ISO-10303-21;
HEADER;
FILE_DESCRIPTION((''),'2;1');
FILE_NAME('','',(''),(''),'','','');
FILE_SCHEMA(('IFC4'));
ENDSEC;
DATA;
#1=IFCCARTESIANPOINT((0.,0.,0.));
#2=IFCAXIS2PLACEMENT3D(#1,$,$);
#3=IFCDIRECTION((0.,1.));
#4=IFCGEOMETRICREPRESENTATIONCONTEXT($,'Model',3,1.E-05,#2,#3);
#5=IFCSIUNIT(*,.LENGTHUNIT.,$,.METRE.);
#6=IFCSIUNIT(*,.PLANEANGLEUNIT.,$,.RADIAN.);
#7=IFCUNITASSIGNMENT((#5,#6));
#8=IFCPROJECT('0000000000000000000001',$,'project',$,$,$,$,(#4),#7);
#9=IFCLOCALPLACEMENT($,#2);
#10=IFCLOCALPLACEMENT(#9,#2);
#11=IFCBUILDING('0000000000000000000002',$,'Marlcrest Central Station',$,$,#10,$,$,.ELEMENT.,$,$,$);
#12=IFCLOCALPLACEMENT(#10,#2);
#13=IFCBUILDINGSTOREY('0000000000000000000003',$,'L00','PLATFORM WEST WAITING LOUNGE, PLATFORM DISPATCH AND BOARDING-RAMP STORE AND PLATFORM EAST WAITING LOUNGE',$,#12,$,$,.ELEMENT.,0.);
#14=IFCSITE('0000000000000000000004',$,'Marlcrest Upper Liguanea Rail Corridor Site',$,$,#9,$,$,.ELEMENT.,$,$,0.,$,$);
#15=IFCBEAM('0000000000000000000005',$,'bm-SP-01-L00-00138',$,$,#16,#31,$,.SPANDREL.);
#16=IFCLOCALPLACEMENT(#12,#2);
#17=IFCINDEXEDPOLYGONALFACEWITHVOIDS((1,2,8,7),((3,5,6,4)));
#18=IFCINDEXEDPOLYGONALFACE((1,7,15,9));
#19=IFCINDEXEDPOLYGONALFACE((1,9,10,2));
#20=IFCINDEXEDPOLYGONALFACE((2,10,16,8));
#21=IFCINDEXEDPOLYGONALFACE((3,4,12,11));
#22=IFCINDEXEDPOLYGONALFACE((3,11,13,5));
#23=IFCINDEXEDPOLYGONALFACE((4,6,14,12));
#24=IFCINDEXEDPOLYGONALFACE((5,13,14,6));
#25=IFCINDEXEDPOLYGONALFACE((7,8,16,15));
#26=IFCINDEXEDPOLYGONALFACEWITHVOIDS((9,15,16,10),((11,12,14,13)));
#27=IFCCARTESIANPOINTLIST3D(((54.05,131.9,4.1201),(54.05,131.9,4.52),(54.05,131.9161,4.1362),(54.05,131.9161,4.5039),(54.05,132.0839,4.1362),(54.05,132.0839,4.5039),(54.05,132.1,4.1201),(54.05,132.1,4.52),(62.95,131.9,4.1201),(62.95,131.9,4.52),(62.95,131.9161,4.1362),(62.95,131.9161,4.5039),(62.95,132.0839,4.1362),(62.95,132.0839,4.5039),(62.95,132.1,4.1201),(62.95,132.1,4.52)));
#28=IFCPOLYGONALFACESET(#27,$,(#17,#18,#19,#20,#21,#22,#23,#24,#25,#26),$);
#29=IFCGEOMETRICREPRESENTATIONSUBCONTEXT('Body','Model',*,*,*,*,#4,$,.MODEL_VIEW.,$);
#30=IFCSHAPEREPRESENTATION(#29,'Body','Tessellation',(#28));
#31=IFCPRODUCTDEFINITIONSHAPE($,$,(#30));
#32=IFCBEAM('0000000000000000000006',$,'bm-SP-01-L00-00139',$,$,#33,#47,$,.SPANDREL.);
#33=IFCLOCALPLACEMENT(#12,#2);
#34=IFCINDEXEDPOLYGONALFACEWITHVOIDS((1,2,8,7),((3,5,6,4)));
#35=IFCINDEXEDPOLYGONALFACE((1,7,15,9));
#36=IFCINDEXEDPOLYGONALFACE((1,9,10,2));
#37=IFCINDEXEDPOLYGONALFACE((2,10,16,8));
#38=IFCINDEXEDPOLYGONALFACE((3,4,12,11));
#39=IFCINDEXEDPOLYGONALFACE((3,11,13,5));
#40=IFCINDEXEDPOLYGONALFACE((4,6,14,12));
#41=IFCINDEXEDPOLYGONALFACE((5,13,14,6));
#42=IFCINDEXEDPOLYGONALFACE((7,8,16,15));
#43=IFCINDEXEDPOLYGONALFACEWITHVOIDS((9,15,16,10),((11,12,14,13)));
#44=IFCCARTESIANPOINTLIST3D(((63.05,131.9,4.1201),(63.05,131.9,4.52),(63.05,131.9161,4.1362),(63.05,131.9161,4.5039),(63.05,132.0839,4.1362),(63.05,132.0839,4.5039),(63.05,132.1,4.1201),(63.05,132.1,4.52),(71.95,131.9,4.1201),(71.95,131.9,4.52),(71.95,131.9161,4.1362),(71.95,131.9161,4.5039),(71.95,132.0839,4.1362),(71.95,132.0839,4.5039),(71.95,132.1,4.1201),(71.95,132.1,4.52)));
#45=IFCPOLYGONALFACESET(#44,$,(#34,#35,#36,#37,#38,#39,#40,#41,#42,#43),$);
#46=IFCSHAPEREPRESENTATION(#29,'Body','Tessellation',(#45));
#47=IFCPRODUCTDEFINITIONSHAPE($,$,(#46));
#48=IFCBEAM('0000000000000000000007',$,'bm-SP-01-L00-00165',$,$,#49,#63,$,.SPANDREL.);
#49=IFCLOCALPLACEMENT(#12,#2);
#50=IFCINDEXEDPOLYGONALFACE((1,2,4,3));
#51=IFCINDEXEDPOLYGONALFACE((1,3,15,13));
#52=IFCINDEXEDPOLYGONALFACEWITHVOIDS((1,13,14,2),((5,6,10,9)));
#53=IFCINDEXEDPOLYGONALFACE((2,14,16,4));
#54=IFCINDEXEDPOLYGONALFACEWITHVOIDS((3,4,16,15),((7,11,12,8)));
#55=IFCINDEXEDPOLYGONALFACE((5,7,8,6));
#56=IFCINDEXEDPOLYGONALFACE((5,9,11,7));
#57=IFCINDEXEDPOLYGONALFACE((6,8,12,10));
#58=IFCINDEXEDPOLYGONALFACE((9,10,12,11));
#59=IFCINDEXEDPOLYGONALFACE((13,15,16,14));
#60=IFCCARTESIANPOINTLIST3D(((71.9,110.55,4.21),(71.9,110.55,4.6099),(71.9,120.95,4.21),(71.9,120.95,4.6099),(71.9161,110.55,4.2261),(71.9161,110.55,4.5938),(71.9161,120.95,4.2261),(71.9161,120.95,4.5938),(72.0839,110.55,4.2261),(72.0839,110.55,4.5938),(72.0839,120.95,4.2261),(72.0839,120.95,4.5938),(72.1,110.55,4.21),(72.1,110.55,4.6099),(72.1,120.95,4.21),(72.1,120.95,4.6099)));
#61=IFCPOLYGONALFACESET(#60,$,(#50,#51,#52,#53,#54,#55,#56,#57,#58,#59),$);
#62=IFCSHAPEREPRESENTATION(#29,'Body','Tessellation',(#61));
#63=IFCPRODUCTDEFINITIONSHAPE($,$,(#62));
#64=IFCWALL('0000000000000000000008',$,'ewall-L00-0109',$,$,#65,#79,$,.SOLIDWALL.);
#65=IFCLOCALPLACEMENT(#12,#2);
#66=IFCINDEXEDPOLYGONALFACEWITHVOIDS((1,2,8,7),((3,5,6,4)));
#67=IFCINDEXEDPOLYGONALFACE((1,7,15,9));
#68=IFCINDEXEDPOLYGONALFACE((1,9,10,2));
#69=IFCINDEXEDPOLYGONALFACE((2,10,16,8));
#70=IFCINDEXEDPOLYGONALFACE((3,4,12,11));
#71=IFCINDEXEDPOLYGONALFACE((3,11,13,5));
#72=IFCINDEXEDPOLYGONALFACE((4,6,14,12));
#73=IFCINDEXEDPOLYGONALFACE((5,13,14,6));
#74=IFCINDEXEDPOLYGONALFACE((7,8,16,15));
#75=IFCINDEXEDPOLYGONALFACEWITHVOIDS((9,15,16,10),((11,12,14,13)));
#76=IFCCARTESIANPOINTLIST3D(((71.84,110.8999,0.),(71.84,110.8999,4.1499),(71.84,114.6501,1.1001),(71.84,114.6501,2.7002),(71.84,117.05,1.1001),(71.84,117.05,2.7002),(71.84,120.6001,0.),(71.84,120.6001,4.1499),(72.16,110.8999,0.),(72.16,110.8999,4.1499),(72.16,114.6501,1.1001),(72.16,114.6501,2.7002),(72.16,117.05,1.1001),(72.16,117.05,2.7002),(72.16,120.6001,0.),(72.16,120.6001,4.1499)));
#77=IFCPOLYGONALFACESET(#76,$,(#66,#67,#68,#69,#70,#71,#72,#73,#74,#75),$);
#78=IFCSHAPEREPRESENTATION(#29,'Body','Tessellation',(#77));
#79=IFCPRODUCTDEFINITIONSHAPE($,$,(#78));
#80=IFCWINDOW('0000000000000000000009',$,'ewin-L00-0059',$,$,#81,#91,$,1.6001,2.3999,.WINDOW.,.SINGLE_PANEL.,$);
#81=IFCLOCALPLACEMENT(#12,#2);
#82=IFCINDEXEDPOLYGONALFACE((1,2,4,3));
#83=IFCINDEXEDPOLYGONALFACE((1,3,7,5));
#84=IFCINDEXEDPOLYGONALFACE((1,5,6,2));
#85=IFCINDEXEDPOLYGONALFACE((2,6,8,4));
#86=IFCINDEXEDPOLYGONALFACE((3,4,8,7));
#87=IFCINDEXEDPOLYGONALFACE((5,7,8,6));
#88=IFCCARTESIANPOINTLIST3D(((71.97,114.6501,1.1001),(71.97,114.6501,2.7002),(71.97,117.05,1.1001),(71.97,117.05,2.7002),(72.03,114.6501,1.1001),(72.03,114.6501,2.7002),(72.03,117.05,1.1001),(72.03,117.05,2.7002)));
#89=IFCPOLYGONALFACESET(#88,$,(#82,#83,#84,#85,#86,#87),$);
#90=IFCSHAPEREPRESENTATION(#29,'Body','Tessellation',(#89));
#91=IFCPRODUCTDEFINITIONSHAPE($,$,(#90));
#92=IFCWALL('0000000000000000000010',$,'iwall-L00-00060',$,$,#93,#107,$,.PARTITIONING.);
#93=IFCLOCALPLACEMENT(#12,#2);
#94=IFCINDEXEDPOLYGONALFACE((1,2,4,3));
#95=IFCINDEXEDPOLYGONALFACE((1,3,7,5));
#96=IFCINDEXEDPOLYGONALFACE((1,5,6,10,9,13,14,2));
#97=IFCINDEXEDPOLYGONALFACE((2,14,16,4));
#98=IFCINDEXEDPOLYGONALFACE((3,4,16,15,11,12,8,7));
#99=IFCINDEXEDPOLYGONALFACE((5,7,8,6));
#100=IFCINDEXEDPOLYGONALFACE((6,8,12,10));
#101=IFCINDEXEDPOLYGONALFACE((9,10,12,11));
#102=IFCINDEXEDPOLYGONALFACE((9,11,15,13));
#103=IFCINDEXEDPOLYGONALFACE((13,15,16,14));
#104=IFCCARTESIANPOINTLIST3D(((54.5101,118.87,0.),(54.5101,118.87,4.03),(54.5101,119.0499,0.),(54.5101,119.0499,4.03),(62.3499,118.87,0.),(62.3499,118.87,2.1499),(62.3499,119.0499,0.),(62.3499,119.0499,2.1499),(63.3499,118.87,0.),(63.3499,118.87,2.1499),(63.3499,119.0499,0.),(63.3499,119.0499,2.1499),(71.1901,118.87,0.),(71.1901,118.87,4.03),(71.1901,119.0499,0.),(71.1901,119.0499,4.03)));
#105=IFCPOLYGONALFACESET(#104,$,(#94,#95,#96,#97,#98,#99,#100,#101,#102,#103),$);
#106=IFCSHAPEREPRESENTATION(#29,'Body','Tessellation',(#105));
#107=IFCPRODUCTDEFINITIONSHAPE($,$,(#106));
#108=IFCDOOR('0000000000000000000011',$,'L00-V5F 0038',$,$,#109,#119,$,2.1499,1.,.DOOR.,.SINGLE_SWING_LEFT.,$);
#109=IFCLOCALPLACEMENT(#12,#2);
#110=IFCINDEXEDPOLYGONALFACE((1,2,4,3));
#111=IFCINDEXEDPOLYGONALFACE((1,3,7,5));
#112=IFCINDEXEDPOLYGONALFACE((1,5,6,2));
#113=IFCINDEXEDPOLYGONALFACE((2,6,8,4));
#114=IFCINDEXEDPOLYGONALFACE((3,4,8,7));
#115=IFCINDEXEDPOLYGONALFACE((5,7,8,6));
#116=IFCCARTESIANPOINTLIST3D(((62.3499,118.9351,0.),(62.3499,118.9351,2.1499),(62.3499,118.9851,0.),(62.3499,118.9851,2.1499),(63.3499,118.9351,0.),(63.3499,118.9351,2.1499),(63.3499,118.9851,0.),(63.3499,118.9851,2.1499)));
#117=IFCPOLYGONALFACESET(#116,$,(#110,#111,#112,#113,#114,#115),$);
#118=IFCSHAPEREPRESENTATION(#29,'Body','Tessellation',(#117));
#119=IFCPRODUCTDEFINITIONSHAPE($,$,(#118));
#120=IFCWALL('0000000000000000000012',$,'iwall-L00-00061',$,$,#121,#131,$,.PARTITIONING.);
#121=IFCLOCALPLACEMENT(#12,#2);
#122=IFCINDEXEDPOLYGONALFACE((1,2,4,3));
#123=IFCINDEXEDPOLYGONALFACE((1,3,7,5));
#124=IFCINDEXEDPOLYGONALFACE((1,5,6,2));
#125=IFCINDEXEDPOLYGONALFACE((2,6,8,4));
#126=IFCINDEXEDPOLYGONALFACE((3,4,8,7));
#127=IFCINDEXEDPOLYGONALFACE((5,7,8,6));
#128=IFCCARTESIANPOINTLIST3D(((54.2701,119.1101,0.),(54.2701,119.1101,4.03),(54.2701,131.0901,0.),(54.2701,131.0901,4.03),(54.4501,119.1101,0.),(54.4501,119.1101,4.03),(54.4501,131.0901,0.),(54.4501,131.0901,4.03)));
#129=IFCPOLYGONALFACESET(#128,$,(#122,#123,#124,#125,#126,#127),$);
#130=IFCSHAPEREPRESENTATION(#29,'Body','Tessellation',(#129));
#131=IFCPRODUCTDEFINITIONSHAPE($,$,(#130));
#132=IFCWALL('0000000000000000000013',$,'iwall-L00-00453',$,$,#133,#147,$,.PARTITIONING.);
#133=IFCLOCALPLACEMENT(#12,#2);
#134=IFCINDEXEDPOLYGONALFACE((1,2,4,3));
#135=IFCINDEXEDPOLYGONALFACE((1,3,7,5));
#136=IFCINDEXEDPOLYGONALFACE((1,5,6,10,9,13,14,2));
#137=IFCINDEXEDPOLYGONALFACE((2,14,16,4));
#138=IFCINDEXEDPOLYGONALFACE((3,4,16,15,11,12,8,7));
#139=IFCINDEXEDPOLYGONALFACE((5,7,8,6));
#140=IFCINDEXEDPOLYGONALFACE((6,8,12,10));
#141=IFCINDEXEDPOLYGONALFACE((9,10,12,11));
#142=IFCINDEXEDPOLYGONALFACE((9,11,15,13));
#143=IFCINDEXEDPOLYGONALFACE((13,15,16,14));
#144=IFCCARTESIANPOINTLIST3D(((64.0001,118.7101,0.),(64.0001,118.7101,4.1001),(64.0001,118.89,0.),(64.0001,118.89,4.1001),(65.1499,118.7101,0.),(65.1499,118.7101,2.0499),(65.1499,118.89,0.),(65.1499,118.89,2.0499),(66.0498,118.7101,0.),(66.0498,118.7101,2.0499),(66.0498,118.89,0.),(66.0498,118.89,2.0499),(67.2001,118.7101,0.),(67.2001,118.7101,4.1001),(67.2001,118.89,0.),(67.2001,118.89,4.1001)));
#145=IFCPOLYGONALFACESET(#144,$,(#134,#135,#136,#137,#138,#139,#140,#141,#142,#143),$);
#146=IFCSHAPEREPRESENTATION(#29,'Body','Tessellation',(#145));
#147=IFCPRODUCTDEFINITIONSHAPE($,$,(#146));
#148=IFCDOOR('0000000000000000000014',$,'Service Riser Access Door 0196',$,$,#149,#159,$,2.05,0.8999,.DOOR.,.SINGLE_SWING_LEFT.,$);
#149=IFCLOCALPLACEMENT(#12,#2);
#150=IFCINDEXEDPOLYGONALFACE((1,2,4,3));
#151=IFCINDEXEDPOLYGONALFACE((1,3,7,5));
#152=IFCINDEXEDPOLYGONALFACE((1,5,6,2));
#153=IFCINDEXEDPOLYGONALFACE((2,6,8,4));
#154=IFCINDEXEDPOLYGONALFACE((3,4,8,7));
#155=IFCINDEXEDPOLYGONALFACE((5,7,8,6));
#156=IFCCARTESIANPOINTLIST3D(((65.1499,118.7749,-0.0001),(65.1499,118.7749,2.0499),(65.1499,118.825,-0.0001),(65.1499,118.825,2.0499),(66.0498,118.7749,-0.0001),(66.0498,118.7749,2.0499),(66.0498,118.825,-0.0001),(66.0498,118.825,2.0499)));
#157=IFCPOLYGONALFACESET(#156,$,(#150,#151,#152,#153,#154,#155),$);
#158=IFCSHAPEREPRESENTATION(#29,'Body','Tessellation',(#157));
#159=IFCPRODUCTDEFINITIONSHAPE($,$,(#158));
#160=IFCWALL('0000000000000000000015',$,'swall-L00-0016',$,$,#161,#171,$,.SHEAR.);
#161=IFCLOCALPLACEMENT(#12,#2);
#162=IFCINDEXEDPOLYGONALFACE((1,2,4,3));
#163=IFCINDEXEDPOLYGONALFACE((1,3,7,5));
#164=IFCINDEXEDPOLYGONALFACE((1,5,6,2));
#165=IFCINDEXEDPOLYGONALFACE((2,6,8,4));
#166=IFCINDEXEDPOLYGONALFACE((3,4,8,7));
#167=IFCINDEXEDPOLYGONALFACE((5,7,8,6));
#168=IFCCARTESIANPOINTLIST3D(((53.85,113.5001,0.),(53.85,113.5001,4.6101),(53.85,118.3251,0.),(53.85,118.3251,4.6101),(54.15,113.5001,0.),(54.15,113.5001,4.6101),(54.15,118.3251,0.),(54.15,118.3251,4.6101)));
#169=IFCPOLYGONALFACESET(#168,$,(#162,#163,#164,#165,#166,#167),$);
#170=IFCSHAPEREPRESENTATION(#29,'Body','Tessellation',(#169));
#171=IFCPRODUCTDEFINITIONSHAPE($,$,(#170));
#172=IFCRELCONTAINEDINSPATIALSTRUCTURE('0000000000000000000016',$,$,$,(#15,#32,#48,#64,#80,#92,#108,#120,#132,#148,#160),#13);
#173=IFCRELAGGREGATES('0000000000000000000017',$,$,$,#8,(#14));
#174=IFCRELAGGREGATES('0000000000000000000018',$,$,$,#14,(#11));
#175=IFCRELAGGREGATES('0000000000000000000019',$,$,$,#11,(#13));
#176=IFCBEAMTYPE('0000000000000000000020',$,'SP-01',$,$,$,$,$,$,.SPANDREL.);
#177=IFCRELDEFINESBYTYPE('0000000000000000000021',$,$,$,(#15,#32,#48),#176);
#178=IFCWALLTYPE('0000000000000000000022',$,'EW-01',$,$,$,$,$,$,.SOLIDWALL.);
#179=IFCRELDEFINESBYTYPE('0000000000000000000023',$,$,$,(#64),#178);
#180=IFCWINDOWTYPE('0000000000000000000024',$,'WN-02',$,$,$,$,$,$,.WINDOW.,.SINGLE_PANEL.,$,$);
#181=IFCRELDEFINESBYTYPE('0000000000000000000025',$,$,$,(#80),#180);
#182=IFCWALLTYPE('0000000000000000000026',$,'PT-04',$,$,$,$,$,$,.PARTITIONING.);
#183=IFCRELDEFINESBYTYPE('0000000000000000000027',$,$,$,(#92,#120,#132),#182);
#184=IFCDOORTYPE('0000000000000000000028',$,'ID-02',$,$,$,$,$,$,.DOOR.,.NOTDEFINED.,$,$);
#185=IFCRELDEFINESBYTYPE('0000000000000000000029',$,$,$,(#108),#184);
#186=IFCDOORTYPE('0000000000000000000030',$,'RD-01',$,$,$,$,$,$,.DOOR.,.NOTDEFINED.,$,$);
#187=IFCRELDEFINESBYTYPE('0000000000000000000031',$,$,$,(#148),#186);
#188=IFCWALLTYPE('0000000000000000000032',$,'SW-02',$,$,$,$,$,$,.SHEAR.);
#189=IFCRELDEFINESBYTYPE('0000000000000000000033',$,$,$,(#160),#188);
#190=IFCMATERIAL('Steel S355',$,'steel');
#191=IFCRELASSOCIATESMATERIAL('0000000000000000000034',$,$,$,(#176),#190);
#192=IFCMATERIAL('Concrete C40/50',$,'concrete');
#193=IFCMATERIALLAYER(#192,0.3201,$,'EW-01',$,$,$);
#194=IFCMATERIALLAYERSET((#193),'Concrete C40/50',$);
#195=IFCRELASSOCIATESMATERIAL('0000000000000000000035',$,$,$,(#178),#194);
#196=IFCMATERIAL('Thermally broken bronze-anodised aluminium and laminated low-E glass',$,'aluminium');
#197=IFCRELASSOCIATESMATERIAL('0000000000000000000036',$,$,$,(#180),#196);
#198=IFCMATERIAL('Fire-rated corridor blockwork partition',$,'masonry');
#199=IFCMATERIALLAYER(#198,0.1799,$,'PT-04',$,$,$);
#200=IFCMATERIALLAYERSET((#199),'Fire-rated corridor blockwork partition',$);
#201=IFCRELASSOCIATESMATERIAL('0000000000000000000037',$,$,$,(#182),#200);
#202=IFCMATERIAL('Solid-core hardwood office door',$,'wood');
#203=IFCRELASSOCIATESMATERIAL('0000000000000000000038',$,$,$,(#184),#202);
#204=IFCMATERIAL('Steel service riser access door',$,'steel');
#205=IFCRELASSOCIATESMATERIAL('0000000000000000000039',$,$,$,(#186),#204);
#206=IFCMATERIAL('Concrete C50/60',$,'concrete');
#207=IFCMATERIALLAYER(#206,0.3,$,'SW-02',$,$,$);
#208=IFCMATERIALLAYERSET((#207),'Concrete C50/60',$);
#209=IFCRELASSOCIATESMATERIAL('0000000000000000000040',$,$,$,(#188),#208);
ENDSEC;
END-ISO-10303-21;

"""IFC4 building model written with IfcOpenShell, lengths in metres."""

from ifc_helpers import new_model, si_unit, direction, frame, frame_2d, origin, origin_2d, place, context, subcontext, project, spatial, rectangle, hollow_rectangle, extrude, material, layer, layer_set, material_profile, profile_set, type_object, element, fill, save


model = new_model("IFC4")

# Units and contexts
model_context = context("Model", 3, precision=1e-05, world=origin(), true_north=direction((0.0, 1.0)))
body_context = subcontext(model_context, "Body", "Model", "MODEL_VIEW")
ifc_project = project(units=[si_unit("LENGTHUNIT", "METRE"), si_unit("PLANEANGLEUNIT", "RADIAN")], contexts=[model_context])

# Site, building, storey
site_placement = place(None, origin())
site = spatial("IfcSite", under=ifc_project, at=site_placement, Name="Marlcrest Upper Liguanea Rail Corridor Site", CompositionType="ELEMENT", RefElevation=0.0)
building_placement = place(site_placement, origin())
building = spatial("IfcBuilding", under=site, at=building_placement, Name="Marlcrest Central Station", CompositionType="ELEMENT")
storey_placement = place(building_placement, origin())
storey = spatial("IfcBuildingStorey", under=building, at=storey_placement, Name="L00", Description="PLATFORM WEST WAITING LOUNGE, PLATFORM DISPATCH AND BOARDING-RAMP STORE AND PLATFORM EAST WAITING LOUNGE", CompositionType="ELEMENT", Elevation=0.0)

# Shared definitions
ifc_material_1 = material(Name="Concrete C40/50", Category="concrete")

# Shared definitions
ifc_material_2 = material(Name="Concrete C50/60", Category="concrete")
ifc_material_3 = material(Name="Steel S355", Category="steel")

# Beams
ifc_material_profile_1 = material_profile(ifc_material_3, hollow_rectangle(XDim=0.2, YDim=0.3999, WallThickness=0.0161, at=origin_2d()), Name="RHS 400x200x16")
ifc_profile_set_1 = profile_set([ifc_material_profile_1], Name="Steel S355")
beam_type_1 = type_object("IfcBeamType", Name="SP-01", PredefinedType="SPANDREL", material=ifc_profile_set_1)
for number, where, z_axis, x_axis, name in (
    (1, (54.05, 132.0, 4.3201), (1.0, 0.0, 0.0), (0.0, 1.0, 0.0), "bm-SP-01-L00-00138"),
    (2, (63.05, 132.0, 4.3201), (1.0, 0.0, 0.0), (0.0, 1.0, 0.0), "bm-SP-01-L00-00139"),
):
    element("IfcBeam", number, at=place(storey_placement, frame(where, z_axis=z_axis, x_axis=x_axis)), inside=storey, type_object=beam_type_1, Name=name, PredefinedType="SPANDREL", context=body_context, shape_type="SweptSolid", body=[
        extrude(hollow_rectangle(XDim=0.2, YDim=0.3999, WallThickness=0.0161, at=origin_2d()), origin(), (0.0, 0.0, 1.0), 8.8999),
    ])
beam_1_placement = place(storey_placement, frame((72.0, 110.55, 4.4099), z_axis=(0.0, 1.0, 0.0), x_axis=(-1.0, 0.0, 0.0)))
element("IfcBeam", 3, at=beam_1_placement, inside=storey, type_object=beam_type_1, Name="bm-SP-01-L00-00165", PredefinedType="SPANDREL", context=body_context, shape_type="SweptSolid", body=[
    extrude(hollow_rectangle(XDim=0.2, YDim=0.3999, WallThickness=0.0161, at=origin_2d()), origin(), (0.0, 0.0, 1.0), 10.3999),
])

# Wall, opening, window
ifc_layer_1 = layer(ifc_material_1, 0.3201, Name="EW-01")
ifc_layer_set_1 = layer_set([ifc_layer_1], Name="Concrete C40/50")
wall_type_1 = type_object("IfcWallType", Name="EW-01", PredefinedType="SOLIDWALL", material=ifc_layer_set_1)
wall_1_placement = place(storey_placement, frame((72.0, 120.6001, 0.0), z_axis=(0.0, 0.0, 1.0), x_axis=(0.0, -1.0, 0.0)))
wall_1 = element("IfcWall", 4, at=wall_1_placement, inside=storey, type_object=wall_type_1, Name="ewall-L00-0109", PredefinedType="SOLIDWALL", context=body_context, shape_type="SweptSolid", body=[
    extrude(rectangle(XDim=9.7002, YDim=0.3201, at=frame_2d((4.8501, 0.0))), origin(), (0.0, 0.0, 1.0), 4.1499),
])
opening_1_placement = place(wall_1_placement, frame((3.55, 0.0, 1.1001)))
opening_1 = element("IfcOpeningElement", 5, at=opening_1_placement, cuts=wall_1, PredefinedType="OPENING", context=body_context, shape_type="SweptSolid", body=[
    extrude(rectangle(XDim=2.3999, YDim=1.6001, at=frame_2d((1.2, 0.8))), frame((0.0, 0.1699, 0.0), z_axis=(0.0, -1.0, 0.0), x_axis=(1.0, 0.0, 0.0)), (0.0, 0.0, 1.0), 0.3401),
])
ifc_material_4 = material(Name="Thermally broken bronze-anodised aluminium and laminated low-E glass", Category="aluminium")
window_type = type_object("IfcWindowType", Name="WN-02", PartitioningType="SINGLE_PANEL", PredefinedType="WINDOW", material=ifc_material_4)
window_placement = place(opening_1_placement, origin())
window = element("IfcWindow", 6, at=window_placement, inside=storey, type_object=window_type, Name="ewin-L00-0059", OverallHeight=1.6001, OverallWidth=2.3999, PartitioningType="SINGLE_PANEL", PredefinedType="WINDOW", context=body_context, shape_type="SweptSolid", body=[
    extrude(rectangle(XDim=2.3999, YDim=1.6001, at=frame_2d((1.2, 0.8))), frame((0.0, 0.03, 0.0), z_axis=(0.0, -1.0, 0.0), x_axis=(1.0, 0.0, 0.0)), (0.0, 0.0, 1.0), 0.0601),
])
fill(opening_1, window)

# Wall, opening, door
ifc_material_5 = material(Name="Fire-rated corridor blockwork partition", Category="masonry")
ifc_layer_2 = layer(ifc_material_5, 0.1799, Name="PT-04")
ifc_layer_set_2 = layer_set([ifc_layer_2], Name="Fire-rated corridor blockwork partition")
wall_type_2 = type_object("IfcWallType", Name="PT-04", PredefinedType="PARTITIONING", material=ifc_layer_set_2)
wall_2_placement = place(storey_placement, frame((71.1899, 118.96, 0.0), z_axis=(0.0, 0.0, 1.0), x_axis=(-1.0, 0.0, 0.0)))
wall_2 = element("IfcWall", 7, at=wall_2_placement, inside=storey, type_object=wall_type_2, Name="iwall-L00-00060", PredefinedType="PARTITIONING", context=body_context, shape_type="SweptSolid", body=[
    extrude(rectangle(XDim=16.6799, YDim=0.1799, at=frame_2d((8.3398, 0.0))), origin(), (0.0, 0.0, 1.0), 4.03),
])
opening_2_placement = place(wall_2_placement, frame((7.8401, 0.0, 0.0)))
opening_2 = element("IfcOpeningElement", 8, at=opening_2_placement, cuts=wall_2, PredefinedType="OPENING", context=body_context, shape_type="SweptSolid", body=[
    extrude(rectangle(XDim=1.0, YDim=2.1499, at=frame_2d((0.5, 1.075))), frame((0.0, 0.0999, 0.0), z_axis=(0.0, -1.0, 0.0), x_axis=(1.0, 0.0, 0.0)), (0.0, 0.0, 1.0), 0.2),
])
ifc_material_6 = material(Name="Solid-core hardwood office door", Category="wood")
door_type_1 = type_object("IfcDoorType", Name="ID-02", OperationType="NOTDEFINED", PredefinedType="DOOR", material=ifc_material_6)
door_1_placement = place(opening_2_placement, origin())
door_1 = element("IfcDoor", 9, at=door_1_placement, inside=storey, type_object=door_type_1, Name="L00-V5F 0038", OperationType="SINGLE_SWING_LEFT", OverallHeight=2.1499, OverallWidth=1.0, PredefinedType="DOOR", context=body_context, shape_type="SweptSolid", body=[
    extrude(rectangle(XDim=1.0, YDim=2.1499, at=frame_2d((0.5, 1.075))), frame((0.0, 0.0249, 0.0), z_axis=(0.0, -1.0, 0.0), x_axis=(1.0, 0.0, 0.0)), (0.0, 0.0, 1.0), 0.05),
])
fill(opening_2, door_1)

# Wall
wall_3_placement = place(storey_placement, frame((54.3601, 119.1101, 0.0), z_axis=(0.0, 0.0, 1.0), x_axis=(0.0, 1.0, 0.0)))
element("IfcWall", 10, at=wall_3_placement, inside=storey, type_object=wall_type_2, Name="iwall-L00-00061", PredefinedType="PARTITIONING", context=body_context, shape_type="SweptSolid", body=[
    extrude(rectangle(XDim=11.98, YDim=0.1799, at=frame_2d((5.99, 0.0))), origin(), (0.0, 0.0, 1.0), 4.03),
])

# Wall, opening, door
wall_4_placement = place(storey_placement, frame((64.0, 118.8, 0.0), z_axis=(0.0, 0.0, 1.0), x_axis=(1.0, 0.0, 0.0)))
wall_4 = element("IfcWall", 11, at=wall_4_placement, inside=storey, type_object=wall_type_2, Name="iwall-L00-00453", PredefinedType="PARTITIONING", context=body_context, shape_type="SweptSolid", body=[
    extrude(rectangle(XDim=3.2, YDim=0.1799, at=frame_2d((1.6001, 0.0))), origin(), (0.0, 0.0, 1.0), 4.1001),
])
opening_3_placement = place(wall_4_placement, frame((1.1499, 0.0, 0.0)))
opening_3 = element("IfcOpeningElement", 12, at=opening_3_placement, cuts=wall_4, PredefinedType="OPENING", context=body_context, shape_type="SweptSolid", body=[
    extrude(rectangle(XDim=0.8999, YDim=2.05, at=frame_2d((0.45, 1.0249))), frame((0.0, 0.0999, 0.0), z_axis=(0.0, -1.0, 0.0), x_axis=(1.0, 0.0, 0.0)), (0.0, 0.0, 1.0), 0.2),
])
ifc_material_7 = material(Name="Steel service riser access door", Category="steel")
door_type_2 = type_object("IfcDoorType", Name="RD-01", OperationType="NOTDEFINED", PredefinedType="DOOR", material=ifc_material_7)
door_2_placement = place(opening_3_placement, origin())
door_2 = element("IfcDoor", 13, at=door_2_placement, inside=storey, type_object=door_type_2, Name="Service Riser Access Door 0196", OperationType="SINGLE_SWING_LEFT", OverallHeight=2.05, OverallWidth=0.8999, PredefinedType="DOOR", context=body_context, shape_type="SweptSolid", body=[
    extrude(rectangle(XDim=0.8999, YDim=2.05, at=frame_2d((0.45, 1.0249))), frame((0.0, 0.0249, 0.0), z_axis=(0.0, -1.0, 0.0), x_axis=(1.0, 0.0, 0.0)), (0.0, 0.0, 1.0), 0.05),
])
fill(opening_3, door_2)

# Wall
ifc_layer_3 = layer(ifc_material_2, 0.3, Name="SW-02")
ifc_layer_set_3 = layer_set([ifc_layer_3], Name="Concrete C50/60")
wall_type_3 = type_object("IfcWallType", Name="SW-02", PredefinedType="SHEAR", material=ifc_layer_set_3)
wall_5_placement = place(storey_placement, frame((54.0, 113.5, 0.0), z_axis=(0.0, 0.0, 1.0), x_axis=(0.0, 1.0, 0.0)))
element("IfcWall", 14, at=wall_5_placement, inside=storey, type_object=wall_type_3, Name="swall-L00-0016", PredefinedType="SHEAR", context=body_context, shape_type="SweptSolid", body=[
    extrude(rectangle(XDim=4.825, YDim=0.3, at=frame_2d((2.4126, 0.0))), origin(), (0.0, 0.0, 1.0), 4.6101),
])

save(model, "model.ifc")
